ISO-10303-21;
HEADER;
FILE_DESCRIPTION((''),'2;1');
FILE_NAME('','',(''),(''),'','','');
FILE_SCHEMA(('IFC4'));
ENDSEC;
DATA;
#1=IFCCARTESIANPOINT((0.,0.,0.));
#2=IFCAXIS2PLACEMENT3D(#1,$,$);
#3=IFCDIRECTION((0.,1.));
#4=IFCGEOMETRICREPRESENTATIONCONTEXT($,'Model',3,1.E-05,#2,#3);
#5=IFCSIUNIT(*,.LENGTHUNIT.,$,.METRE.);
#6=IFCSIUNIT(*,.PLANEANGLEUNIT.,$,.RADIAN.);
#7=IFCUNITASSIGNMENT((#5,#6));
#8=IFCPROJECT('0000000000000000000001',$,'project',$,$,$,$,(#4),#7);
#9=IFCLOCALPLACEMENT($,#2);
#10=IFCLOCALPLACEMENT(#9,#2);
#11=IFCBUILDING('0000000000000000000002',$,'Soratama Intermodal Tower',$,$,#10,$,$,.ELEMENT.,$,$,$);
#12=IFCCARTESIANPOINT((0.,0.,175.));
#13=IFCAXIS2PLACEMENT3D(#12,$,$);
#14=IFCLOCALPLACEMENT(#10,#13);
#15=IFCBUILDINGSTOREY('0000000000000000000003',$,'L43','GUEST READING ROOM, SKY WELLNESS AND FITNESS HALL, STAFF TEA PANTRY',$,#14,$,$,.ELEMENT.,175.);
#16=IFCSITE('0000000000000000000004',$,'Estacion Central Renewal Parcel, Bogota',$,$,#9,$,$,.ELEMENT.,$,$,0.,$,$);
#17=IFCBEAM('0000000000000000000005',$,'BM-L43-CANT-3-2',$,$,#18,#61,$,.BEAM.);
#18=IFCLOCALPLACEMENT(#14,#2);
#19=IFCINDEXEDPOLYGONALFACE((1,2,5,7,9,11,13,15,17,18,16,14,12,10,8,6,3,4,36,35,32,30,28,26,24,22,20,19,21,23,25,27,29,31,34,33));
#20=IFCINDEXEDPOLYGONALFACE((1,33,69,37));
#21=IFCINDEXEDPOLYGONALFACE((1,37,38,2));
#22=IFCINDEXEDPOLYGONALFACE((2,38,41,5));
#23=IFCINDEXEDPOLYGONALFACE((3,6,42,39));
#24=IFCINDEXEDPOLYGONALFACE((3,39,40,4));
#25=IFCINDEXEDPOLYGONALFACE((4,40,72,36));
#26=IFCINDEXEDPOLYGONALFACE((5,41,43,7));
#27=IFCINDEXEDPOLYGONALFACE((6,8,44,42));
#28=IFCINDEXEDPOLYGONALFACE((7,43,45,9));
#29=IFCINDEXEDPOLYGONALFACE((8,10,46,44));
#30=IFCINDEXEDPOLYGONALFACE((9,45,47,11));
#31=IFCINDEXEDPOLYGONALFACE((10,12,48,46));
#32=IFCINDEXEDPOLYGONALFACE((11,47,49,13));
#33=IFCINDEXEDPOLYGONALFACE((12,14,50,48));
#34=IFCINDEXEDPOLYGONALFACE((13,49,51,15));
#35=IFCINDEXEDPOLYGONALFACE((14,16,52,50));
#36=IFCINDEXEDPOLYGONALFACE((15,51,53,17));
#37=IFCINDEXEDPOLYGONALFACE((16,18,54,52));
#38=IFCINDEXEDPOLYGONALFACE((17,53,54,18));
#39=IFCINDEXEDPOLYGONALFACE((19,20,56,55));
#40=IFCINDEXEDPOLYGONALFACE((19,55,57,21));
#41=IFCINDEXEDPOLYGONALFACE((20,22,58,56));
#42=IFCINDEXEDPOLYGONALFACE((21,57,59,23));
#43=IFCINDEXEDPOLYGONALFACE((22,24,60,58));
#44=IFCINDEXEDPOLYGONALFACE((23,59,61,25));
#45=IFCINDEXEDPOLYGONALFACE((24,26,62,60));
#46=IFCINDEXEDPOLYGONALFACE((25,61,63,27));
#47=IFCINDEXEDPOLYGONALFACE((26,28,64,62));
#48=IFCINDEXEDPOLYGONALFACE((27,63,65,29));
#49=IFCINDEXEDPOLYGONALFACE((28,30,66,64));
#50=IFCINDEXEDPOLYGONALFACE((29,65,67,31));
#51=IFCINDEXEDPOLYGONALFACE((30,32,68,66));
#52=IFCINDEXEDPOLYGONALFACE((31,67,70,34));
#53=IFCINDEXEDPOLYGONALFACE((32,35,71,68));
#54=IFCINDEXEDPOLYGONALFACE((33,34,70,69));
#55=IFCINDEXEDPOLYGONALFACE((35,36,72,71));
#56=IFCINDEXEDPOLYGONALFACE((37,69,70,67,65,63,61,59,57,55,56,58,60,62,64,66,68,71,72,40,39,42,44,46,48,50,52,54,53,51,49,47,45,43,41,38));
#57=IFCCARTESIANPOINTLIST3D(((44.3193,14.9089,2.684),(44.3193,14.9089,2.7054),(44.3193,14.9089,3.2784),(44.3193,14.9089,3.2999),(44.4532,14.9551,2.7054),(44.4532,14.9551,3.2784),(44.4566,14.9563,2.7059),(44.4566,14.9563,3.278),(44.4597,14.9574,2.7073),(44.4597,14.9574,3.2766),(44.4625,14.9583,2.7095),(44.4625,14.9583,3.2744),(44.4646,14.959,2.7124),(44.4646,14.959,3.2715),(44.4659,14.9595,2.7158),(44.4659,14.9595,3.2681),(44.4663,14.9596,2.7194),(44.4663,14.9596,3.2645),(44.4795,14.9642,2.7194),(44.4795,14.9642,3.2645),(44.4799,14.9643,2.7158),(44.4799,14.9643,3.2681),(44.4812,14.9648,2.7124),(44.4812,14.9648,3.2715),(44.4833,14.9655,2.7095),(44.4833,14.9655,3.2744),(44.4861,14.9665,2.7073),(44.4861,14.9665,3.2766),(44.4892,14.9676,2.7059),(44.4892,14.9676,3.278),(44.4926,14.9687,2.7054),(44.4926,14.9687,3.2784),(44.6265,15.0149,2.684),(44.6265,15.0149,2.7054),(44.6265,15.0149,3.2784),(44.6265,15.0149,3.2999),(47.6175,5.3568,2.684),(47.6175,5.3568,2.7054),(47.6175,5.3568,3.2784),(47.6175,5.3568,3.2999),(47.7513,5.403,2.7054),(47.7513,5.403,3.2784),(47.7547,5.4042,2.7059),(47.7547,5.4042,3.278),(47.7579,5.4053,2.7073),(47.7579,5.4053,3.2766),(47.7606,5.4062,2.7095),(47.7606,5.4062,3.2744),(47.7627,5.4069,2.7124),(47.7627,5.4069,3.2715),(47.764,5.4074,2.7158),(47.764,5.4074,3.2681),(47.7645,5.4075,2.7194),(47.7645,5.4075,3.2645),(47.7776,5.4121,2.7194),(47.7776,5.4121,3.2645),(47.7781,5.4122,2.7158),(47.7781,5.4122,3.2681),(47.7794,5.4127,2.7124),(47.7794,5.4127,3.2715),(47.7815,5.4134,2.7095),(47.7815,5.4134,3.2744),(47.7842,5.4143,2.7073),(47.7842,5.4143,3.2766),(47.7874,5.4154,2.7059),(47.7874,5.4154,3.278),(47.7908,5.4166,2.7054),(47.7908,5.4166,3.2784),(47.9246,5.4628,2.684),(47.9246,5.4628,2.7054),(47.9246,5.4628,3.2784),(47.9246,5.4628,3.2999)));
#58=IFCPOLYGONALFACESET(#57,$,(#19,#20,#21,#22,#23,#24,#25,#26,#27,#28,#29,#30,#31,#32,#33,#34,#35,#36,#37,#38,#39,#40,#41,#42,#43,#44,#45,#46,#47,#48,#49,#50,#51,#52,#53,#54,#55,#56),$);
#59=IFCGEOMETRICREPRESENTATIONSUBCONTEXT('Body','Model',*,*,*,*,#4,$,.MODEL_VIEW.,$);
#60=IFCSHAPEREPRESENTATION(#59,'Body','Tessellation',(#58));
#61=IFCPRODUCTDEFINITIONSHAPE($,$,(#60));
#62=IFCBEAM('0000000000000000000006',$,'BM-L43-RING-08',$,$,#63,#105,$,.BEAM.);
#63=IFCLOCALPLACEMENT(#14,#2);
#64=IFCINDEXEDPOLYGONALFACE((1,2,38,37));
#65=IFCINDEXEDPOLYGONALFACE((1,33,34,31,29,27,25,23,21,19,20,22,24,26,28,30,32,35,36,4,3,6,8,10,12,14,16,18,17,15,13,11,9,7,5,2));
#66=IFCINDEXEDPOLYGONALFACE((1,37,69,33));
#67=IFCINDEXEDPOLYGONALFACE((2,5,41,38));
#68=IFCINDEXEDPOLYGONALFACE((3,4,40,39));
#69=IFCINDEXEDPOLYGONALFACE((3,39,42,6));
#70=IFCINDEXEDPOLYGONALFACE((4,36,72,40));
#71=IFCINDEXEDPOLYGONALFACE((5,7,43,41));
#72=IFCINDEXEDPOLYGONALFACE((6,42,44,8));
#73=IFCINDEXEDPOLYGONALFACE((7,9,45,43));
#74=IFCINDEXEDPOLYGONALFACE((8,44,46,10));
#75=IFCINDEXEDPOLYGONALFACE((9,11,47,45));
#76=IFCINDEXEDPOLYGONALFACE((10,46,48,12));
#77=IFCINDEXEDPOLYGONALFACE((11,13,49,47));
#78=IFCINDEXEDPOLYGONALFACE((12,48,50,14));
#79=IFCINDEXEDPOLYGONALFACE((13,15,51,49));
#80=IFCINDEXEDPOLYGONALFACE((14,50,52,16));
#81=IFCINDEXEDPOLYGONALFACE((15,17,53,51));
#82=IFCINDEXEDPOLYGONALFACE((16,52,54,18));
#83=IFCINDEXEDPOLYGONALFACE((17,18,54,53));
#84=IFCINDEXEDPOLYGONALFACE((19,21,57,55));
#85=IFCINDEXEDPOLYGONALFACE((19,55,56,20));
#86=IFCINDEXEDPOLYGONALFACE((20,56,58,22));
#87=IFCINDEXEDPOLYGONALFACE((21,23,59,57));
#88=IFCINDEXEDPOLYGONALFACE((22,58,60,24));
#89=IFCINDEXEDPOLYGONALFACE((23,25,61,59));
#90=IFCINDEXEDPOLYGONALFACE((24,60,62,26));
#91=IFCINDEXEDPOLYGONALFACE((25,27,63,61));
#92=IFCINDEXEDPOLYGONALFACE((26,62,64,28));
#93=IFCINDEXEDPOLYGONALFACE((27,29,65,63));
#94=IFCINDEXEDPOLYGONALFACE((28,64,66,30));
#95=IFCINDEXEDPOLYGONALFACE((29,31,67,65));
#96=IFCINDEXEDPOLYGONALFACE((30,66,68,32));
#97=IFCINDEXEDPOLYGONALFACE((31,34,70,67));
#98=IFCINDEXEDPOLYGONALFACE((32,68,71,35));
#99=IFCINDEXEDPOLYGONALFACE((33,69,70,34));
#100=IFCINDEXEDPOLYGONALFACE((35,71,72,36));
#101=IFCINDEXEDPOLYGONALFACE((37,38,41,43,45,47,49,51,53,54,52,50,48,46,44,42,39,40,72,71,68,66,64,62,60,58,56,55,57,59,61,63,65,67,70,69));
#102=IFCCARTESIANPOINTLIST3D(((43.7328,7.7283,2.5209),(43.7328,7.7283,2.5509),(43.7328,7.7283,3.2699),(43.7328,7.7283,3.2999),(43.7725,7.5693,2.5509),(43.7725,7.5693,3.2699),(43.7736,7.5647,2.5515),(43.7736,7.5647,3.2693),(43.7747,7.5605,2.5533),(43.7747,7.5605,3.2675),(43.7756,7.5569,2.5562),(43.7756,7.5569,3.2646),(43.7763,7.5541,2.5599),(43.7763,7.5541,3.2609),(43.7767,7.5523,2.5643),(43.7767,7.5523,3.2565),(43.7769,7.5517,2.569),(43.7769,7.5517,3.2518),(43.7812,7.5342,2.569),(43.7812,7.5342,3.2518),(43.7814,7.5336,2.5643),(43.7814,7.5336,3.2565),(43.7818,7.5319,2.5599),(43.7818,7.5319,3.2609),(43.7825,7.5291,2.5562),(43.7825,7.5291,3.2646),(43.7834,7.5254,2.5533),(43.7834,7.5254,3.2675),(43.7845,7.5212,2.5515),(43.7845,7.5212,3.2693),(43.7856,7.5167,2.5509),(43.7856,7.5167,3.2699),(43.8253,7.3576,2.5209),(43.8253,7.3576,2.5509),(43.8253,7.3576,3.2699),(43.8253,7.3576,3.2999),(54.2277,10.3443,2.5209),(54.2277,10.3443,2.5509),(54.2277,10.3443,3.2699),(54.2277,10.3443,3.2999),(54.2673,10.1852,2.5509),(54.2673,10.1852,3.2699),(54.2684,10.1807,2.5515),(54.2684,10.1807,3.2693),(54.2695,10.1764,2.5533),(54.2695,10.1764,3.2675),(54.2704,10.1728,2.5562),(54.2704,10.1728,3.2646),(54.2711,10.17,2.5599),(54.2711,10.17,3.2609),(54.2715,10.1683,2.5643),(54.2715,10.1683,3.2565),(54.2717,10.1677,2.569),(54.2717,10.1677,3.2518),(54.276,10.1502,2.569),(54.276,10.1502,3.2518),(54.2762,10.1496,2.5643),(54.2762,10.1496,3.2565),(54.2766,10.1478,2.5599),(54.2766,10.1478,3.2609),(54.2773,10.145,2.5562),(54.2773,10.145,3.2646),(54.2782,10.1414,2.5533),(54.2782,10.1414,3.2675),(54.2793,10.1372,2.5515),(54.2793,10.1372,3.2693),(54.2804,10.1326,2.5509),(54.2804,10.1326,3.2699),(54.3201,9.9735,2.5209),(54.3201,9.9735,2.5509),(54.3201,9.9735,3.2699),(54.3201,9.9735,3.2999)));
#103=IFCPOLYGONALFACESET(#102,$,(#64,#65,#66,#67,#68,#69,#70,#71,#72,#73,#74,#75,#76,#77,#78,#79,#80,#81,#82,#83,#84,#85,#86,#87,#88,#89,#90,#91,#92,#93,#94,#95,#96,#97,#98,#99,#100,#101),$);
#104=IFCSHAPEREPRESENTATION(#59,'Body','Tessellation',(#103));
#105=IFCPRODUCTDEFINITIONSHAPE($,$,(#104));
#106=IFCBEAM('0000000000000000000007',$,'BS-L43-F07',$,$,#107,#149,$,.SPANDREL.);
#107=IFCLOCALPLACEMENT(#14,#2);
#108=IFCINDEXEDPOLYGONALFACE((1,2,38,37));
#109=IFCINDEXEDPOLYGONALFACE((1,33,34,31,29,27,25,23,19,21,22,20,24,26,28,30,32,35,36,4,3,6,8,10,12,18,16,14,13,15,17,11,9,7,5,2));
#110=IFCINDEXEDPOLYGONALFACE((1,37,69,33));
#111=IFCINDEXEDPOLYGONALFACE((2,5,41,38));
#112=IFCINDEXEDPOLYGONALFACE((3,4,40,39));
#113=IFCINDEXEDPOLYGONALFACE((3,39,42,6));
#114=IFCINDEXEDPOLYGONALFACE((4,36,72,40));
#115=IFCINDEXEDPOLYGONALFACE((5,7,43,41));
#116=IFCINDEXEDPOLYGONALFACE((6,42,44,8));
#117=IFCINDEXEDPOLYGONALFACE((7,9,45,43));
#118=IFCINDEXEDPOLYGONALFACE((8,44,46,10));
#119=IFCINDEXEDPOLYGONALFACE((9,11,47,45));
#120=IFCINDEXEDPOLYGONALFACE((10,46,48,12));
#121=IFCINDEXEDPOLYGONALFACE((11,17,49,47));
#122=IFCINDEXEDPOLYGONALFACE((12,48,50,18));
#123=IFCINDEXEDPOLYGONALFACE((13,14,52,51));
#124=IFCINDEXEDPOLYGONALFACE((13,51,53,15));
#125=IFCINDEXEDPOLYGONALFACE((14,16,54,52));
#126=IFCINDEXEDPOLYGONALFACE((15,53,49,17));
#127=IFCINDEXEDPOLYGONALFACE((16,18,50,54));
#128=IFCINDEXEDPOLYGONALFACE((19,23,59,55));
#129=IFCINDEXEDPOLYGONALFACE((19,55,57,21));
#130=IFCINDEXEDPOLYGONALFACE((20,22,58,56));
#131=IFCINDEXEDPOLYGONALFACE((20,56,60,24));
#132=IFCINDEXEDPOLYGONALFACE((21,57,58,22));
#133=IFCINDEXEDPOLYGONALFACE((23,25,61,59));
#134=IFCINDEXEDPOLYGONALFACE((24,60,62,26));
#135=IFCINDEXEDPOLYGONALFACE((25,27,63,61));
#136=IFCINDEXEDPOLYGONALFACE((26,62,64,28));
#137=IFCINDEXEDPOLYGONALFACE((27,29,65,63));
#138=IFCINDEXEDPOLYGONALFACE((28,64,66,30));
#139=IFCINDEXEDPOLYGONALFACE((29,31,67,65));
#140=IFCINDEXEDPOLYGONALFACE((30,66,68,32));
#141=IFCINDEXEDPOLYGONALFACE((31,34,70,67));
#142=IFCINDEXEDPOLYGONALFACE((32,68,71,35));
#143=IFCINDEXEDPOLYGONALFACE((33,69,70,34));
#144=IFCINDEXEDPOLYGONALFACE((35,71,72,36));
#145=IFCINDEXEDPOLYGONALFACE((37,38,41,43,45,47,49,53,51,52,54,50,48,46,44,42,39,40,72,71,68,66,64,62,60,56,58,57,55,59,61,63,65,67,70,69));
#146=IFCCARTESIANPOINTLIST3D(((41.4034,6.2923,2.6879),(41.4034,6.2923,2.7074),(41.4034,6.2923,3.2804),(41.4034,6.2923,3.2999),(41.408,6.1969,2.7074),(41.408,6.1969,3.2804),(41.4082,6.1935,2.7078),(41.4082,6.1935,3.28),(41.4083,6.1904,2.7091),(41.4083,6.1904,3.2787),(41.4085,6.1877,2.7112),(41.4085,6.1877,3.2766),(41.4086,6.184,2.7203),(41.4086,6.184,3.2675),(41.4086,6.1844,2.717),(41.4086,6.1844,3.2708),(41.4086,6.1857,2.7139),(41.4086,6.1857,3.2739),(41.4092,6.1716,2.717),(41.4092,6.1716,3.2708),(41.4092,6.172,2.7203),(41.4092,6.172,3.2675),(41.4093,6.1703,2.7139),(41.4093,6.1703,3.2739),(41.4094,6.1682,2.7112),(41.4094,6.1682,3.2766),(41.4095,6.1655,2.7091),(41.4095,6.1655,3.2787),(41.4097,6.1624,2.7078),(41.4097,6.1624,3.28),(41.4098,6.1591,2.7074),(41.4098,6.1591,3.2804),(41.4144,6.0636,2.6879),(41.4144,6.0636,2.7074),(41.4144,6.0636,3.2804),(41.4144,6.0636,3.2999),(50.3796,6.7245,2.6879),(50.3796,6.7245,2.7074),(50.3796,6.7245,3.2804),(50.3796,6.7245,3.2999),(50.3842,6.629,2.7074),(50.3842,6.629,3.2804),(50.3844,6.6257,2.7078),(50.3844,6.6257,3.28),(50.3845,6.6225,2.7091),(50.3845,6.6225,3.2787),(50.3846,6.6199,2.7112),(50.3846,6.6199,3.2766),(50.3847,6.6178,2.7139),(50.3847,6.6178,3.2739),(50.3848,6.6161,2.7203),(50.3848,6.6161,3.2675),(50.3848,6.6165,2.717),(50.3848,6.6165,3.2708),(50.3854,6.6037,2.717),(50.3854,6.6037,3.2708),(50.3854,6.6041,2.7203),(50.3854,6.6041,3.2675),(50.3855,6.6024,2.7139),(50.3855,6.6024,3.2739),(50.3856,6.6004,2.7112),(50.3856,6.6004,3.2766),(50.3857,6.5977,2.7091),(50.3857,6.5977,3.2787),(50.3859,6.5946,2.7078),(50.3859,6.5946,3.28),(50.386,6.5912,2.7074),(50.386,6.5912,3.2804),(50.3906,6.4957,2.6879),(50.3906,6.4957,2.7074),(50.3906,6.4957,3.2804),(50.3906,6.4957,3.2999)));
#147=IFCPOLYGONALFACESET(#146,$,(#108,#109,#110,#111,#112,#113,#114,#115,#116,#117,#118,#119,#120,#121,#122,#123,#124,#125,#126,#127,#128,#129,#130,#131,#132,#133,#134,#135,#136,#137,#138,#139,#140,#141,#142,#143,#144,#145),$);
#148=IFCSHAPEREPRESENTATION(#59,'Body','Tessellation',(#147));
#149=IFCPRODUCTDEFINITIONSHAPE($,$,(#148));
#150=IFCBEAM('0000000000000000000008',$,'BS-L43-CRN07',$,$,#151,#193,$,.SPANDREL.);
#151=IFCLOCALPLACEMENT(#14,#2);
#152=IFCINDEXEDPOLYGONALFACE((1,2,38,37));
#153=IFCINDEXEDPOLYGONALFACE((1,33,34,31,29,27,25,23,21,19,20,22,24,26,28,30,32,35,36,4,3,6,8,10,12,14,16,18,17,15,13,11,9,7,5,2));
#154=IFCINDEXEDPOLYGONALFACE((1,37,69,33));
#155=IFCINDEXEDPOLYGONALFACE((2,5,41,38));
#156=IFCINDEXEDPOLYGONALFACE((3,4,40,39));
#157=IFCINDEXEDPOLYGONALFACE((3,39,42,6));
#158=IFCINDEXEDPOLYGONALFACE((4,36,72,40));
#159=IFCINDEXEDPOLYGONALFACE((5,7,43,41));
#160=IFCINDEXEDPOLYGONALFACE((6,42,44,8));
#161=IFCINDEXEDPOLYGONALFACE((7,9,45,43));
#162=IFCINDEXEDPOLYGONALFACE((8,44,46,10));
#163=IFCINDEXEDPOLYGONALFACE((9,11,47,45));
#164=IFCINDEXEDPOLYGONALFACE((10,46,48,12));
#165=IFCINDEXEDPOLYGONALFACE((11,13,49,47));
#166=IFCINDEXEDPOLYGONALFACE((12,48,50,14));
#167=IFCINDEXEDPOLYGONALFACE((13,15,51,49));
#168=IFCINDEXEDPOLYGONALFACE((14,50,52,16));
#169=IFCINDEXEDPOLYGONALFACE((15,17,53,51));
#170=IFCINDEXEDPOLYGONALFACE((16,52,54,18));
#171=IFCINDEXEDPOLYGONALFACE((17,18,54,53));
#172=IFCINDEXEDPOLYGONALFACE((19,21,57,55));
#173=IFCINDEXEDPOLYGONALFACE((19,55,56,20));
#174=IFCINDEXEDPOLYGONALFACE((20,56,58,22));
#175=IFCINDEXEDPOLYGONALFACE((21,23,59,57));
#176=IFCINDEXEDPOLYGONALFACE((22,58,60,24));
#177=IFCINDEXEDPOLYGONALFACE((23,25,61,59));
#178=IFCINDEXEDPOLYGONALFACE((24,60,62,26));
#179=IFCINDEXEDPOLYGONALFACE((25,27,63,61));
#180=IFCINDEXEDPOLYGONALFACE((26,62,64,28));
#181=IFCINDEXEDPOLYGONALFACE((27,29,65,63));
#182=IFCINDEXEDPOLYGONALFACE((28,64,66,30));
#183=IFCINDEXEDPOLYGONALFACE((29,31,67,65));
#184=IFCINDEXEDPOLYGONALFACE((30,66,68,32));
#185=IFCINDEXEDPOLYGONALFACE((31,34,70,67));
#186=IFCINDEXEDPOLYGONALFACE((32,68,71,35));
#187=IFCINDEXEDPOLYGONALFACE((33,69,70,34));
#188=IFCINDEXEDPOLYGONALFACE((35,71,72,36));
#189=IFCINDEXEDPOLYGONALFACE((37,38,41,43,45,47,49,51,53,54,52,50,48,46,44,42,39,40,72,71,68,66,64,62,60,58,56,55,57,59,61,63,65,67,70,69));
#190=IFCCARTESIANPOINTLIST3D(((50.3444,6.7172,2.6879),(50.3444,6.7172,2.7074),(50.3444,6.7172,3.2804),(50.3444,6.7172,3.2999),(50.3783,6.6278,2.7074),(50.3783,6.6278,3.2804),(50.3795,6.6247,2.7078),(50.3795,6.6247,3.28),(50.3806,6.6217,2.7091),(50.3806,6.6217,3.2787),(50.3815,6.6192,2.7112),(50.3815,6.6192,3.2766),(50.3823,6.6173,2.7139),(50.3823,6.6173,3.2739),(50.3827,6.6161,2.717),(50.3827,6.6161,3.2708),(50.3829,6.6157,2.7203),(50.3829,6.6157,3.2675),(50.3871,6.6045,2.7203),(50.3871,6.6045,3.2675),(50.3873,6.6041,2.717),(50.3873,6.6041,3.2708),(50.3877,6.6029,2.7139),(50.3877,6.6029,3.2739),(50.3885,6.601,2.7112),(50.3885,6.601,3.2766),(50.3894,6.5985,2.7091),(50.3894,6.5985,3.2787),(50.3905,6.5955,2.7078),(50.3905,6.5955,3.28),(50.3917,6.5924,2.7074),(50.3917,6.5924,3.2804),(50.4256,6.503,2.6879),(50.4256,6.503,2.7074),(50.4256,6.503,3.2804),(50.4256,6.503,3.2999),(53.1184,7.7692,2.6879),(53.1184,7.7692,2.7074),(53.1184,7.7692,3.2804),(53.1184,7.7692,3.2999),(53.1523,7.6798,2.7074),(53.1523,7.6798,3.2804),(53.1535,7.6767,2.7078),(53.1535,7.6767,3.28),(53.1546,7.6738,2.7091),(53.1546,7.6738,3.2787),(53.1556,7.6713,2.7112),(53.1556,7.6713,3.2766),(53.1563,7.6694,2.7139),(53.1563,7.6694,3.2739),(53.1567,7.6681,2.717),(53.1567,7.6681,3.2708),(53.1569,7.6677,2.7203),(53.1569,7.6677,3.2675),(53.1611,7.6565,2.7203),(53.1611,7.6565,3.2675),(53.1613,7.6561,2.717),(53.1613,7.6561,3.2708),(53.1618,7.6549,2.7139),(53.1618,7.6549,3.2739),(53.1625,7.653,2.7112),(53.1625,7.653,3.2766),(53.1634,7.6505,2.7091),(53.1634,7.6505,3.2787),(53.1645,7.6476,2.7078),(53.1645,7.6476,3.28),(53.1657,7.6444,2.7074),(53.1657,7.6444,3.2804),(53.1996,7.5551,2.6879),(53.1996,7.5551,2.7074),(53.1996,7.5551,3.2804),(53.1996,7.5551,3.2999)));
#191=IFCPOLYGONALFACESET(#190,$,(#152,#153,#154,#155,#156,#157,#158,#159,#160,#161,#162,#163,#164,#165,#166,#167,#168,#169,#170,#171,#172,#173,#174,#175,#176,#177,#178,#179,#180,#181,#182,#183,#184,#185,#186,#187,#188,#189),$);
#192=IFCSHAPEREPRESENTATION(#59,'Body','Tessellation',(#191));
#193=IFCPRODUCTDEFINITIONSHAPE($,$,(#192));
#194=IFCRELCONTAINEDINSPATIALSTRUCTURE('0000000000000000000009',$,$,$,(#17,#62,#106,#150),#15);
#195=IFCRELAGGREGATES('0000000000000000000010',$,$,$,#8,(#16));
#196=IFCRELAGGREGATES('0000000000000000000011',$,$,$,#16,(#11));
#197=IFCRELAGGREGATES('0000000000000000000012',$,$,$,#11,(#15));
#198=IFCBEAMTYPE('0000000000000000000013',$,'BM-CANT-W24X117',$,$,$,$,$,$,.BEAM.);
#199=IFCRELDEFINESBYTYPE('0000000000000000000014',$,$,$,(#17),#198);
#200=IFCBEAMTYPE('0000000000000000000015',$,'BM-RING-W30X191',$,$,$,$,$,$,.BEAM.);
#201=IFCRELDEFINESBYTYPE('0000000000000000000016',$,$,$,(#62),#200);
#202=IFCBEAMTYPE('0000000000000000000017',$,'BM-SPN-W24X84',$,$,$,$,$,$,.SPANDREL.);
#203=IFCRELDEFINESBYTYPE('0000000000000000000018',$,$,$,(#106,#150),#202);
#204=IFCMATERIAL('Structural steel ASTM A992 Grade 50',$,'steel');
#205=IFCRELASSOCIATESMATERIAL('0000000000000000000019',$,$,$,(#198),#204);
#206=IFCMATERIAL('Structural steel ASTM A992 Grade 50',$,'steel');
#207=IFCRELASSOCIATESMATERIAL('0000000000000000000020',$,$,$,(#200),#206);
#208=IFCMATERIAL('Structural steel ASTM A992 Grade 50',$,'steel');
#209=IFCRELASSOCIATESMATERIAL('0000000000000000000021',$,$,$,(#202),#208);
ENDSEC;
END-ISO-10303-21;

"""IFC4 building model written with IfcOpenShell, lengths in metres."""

from ifc_helpers import new_model, si_unit, direction, frame, origin, origin_2d, place, context, subcontext, project, spatial, i_section, extrude, material, material_profile, profile_set, type_object, element, save


model = new_model("IFC4")

# Units and contexts
model_context = context("Model", 3, precision=1e-05, world=origin(), true_north=direction((0.0, 1.0)))
body_context = subcontext(model_context, "Body", "Model", "MODEL_VIEW")
ifc_project = project(units=[si_unit("LENGTHUNIT", "METRE"), si_unit("PLANEANGLEUNIT", "RADIAN")], contexts=[model_context])

# Site, building, storey
site_placement = place(None, origin())
site = spatial("IfcSite", under=ifc_project, at=site_placement, Name="Estacion Central Renewal Parcel, Bogota", CompositionType="ELEMENT", RefElevation=0.0)
building_placement = place(site_placement, origin())
building = spatial("IfcBuilding", under=site, at=building_placement, Name="Soratama Intermodal Tower", CompositionType="ELEMENT")
storey_placement = place(building_placement, frame((0.0, 0.0, 175.0)))
storey = spatial("IfcBuildingStorey", under=building, at=storey_placement, Name="L43", Description="GUEST READING ROOM, SKY WELLNESS AND FITNESS HALL, STAFF TEA PANTRY", CompositionType="ELEMENT", Elevation=175.0)

# Beams
ifc_material_1 = material(Name="Structural steel ASTM A992 Grade 50", Category="steel")
ifc_material_profile_1 = material_profile(ifc_material_1, i_section(OverallWidth=0.325, OverallDepth=0.616, WebThickness=0.0139, FlangeThickness=0.0215, FilletRadius=0.0139, at=origin_2d()), Name="W24X117")
ifc_profile_set_1 = profile_set([ifc_material_profile_1], Name="Structural steel ASTM A992 Grade 50")
beam_type_1 = type_object("IfcBeamType", Name="BM-CANT-W24X117", PredefinedType="BEAM", material=ifc_profile_set_1)
beam_1_placement = place(storey_placement, frame((44.4729, 14.9619, 2.9919), z_axis=(0.326371, -0.945242, 0.0), x_axis=(0.945242, 0.326371, 0.0)))
element("IfcBeam", 1, at=beam_1_placement, inside=storey, type_object=beam_type_1, Name="BM-L43-CANT-3-2", PredefinedType="BEAM", context=body_context, shape_type="SweptSolid", body=[
    extrude(i_section(OverallWidth=0.325, OverallDepth=0.616, WebThickness=0.0139, FlangeThickness=0.0215, FilletRadius=0.0139, at=origin_2d()), origin(), (0.0, 0.0, 1.0), 10.1055),
])
ifc_material_2 = material(Name="Structural steel ASTM A992 Grade 50", Category="steel")
ifc_material_profile_2 = material_profile(ifc_material_2, i_section(OverallWidth=0.3821, OverallDepth=0.7791, WebThickness=0.0181, FlangeThickness=0.03, FilletRadius=0.0181, at=origin_2d()), Name="W30X191")
ifc_profile_set_2 = profile_set([ifc_material_profile_2], Name="Structural steel ASTM A992 Grade 50")
beam_type_2 = type_object("IfcBeamType", Name="BM-RING-W30X191", PredefinedType="BEAM", material=ifc_profile_set_2)
beam_2_placement = place(storey_placement, frame((43.7791, 7.543, 2.9104), z_axis=(0.970311, 0.241861, 0.0), x_axis=(-0.241861, 0.970311, 0.0)))
element("IfcBeam", 2, at=beam_2_placement, inside=storey, type_object=beam_type_2, Name="BM-L43-RING-08", PredefinedType="BEAM", context=body_context, shape_type="SweptSolid", body=[
    extrude(i_section(OverallWidth=0.3821, OverallDepth=0.7791, WebThickness=0.0181, FlangeThickness=0.03, FilletRadius=0.0181, at=origin_2d()), origin(), (0.0, 0.0, 1.0), 10.8159),
])
ifc_material_3 = material(Name="Structural steel ASTM A992 Grade 50", Category="steel")
ifc_material_profile_3 = material_profile(ifc_material_3, i_section(OverallWidth=0.229, OverallDepth=0.6121, WebThickness=0.012, FlangeThickness=0.0195, FilletRadius=0.0129, at=origin_2d()), Name="W24X84")
ifc_profile_set_3 = profile_set([ifc_material_profile_3], Name="Structural steel ASTM A992 Grade 50")
beam_type_3 = type_object("IfcBeamType", Name="BM-SPN-W24X84", PredefinedType="SPANDREL", material=ifc_profile_set_3)
beam_3_placement = place(storey_placement, frame((41.4089, 6.178, 2.9939), z_axis=(0.998843, 0.048087, 0.0), x_axis=(-0.048087, 0.998843, 0.0)))
element("IfcBeam", 3, at=beam_3_placement, inside=storey, type_object=beam_type_3, Name="BS-L43-F07", PredefinedType="SPANDREL", context=body_context, shape_type="SweptSolid", body=[
    extrude(i_section(OverallWidth=0.229, OverallDepth=0.6121, WebThickness=0.012, FlangeThickness=0.0195, FilletRadius=0.0129, at=origin_2d()), origin(), (0.0, 0.0, 1.0), 8.9866),
])
beam_4_placement = place(storey_placement, frame((50.385, 6.6101, 2.9939), z_axis=(0.935017, 0.354602, 0.0), x_axis=(-0.354602, 0.935017, 0.0)))
element("IfcBeam", 4, at=beam_4_placement, inside=storey, type_object=beam_type_3, Name="BS-L43-CRN07", PredefinedType="SPANDREL", context=body_context, shape_type="SweptSolid", body=[
    extrude(i_section(OverallWidth=0.229, OverallDepth=0.6121, WebThickness=0.012, FlangeThickness=0.0195, FilletRadius=0.0129, at=origin_2d()), origin(), (0.0, 0.0, 1.0), 2.9668),
])

save(model, "model.ifc")
